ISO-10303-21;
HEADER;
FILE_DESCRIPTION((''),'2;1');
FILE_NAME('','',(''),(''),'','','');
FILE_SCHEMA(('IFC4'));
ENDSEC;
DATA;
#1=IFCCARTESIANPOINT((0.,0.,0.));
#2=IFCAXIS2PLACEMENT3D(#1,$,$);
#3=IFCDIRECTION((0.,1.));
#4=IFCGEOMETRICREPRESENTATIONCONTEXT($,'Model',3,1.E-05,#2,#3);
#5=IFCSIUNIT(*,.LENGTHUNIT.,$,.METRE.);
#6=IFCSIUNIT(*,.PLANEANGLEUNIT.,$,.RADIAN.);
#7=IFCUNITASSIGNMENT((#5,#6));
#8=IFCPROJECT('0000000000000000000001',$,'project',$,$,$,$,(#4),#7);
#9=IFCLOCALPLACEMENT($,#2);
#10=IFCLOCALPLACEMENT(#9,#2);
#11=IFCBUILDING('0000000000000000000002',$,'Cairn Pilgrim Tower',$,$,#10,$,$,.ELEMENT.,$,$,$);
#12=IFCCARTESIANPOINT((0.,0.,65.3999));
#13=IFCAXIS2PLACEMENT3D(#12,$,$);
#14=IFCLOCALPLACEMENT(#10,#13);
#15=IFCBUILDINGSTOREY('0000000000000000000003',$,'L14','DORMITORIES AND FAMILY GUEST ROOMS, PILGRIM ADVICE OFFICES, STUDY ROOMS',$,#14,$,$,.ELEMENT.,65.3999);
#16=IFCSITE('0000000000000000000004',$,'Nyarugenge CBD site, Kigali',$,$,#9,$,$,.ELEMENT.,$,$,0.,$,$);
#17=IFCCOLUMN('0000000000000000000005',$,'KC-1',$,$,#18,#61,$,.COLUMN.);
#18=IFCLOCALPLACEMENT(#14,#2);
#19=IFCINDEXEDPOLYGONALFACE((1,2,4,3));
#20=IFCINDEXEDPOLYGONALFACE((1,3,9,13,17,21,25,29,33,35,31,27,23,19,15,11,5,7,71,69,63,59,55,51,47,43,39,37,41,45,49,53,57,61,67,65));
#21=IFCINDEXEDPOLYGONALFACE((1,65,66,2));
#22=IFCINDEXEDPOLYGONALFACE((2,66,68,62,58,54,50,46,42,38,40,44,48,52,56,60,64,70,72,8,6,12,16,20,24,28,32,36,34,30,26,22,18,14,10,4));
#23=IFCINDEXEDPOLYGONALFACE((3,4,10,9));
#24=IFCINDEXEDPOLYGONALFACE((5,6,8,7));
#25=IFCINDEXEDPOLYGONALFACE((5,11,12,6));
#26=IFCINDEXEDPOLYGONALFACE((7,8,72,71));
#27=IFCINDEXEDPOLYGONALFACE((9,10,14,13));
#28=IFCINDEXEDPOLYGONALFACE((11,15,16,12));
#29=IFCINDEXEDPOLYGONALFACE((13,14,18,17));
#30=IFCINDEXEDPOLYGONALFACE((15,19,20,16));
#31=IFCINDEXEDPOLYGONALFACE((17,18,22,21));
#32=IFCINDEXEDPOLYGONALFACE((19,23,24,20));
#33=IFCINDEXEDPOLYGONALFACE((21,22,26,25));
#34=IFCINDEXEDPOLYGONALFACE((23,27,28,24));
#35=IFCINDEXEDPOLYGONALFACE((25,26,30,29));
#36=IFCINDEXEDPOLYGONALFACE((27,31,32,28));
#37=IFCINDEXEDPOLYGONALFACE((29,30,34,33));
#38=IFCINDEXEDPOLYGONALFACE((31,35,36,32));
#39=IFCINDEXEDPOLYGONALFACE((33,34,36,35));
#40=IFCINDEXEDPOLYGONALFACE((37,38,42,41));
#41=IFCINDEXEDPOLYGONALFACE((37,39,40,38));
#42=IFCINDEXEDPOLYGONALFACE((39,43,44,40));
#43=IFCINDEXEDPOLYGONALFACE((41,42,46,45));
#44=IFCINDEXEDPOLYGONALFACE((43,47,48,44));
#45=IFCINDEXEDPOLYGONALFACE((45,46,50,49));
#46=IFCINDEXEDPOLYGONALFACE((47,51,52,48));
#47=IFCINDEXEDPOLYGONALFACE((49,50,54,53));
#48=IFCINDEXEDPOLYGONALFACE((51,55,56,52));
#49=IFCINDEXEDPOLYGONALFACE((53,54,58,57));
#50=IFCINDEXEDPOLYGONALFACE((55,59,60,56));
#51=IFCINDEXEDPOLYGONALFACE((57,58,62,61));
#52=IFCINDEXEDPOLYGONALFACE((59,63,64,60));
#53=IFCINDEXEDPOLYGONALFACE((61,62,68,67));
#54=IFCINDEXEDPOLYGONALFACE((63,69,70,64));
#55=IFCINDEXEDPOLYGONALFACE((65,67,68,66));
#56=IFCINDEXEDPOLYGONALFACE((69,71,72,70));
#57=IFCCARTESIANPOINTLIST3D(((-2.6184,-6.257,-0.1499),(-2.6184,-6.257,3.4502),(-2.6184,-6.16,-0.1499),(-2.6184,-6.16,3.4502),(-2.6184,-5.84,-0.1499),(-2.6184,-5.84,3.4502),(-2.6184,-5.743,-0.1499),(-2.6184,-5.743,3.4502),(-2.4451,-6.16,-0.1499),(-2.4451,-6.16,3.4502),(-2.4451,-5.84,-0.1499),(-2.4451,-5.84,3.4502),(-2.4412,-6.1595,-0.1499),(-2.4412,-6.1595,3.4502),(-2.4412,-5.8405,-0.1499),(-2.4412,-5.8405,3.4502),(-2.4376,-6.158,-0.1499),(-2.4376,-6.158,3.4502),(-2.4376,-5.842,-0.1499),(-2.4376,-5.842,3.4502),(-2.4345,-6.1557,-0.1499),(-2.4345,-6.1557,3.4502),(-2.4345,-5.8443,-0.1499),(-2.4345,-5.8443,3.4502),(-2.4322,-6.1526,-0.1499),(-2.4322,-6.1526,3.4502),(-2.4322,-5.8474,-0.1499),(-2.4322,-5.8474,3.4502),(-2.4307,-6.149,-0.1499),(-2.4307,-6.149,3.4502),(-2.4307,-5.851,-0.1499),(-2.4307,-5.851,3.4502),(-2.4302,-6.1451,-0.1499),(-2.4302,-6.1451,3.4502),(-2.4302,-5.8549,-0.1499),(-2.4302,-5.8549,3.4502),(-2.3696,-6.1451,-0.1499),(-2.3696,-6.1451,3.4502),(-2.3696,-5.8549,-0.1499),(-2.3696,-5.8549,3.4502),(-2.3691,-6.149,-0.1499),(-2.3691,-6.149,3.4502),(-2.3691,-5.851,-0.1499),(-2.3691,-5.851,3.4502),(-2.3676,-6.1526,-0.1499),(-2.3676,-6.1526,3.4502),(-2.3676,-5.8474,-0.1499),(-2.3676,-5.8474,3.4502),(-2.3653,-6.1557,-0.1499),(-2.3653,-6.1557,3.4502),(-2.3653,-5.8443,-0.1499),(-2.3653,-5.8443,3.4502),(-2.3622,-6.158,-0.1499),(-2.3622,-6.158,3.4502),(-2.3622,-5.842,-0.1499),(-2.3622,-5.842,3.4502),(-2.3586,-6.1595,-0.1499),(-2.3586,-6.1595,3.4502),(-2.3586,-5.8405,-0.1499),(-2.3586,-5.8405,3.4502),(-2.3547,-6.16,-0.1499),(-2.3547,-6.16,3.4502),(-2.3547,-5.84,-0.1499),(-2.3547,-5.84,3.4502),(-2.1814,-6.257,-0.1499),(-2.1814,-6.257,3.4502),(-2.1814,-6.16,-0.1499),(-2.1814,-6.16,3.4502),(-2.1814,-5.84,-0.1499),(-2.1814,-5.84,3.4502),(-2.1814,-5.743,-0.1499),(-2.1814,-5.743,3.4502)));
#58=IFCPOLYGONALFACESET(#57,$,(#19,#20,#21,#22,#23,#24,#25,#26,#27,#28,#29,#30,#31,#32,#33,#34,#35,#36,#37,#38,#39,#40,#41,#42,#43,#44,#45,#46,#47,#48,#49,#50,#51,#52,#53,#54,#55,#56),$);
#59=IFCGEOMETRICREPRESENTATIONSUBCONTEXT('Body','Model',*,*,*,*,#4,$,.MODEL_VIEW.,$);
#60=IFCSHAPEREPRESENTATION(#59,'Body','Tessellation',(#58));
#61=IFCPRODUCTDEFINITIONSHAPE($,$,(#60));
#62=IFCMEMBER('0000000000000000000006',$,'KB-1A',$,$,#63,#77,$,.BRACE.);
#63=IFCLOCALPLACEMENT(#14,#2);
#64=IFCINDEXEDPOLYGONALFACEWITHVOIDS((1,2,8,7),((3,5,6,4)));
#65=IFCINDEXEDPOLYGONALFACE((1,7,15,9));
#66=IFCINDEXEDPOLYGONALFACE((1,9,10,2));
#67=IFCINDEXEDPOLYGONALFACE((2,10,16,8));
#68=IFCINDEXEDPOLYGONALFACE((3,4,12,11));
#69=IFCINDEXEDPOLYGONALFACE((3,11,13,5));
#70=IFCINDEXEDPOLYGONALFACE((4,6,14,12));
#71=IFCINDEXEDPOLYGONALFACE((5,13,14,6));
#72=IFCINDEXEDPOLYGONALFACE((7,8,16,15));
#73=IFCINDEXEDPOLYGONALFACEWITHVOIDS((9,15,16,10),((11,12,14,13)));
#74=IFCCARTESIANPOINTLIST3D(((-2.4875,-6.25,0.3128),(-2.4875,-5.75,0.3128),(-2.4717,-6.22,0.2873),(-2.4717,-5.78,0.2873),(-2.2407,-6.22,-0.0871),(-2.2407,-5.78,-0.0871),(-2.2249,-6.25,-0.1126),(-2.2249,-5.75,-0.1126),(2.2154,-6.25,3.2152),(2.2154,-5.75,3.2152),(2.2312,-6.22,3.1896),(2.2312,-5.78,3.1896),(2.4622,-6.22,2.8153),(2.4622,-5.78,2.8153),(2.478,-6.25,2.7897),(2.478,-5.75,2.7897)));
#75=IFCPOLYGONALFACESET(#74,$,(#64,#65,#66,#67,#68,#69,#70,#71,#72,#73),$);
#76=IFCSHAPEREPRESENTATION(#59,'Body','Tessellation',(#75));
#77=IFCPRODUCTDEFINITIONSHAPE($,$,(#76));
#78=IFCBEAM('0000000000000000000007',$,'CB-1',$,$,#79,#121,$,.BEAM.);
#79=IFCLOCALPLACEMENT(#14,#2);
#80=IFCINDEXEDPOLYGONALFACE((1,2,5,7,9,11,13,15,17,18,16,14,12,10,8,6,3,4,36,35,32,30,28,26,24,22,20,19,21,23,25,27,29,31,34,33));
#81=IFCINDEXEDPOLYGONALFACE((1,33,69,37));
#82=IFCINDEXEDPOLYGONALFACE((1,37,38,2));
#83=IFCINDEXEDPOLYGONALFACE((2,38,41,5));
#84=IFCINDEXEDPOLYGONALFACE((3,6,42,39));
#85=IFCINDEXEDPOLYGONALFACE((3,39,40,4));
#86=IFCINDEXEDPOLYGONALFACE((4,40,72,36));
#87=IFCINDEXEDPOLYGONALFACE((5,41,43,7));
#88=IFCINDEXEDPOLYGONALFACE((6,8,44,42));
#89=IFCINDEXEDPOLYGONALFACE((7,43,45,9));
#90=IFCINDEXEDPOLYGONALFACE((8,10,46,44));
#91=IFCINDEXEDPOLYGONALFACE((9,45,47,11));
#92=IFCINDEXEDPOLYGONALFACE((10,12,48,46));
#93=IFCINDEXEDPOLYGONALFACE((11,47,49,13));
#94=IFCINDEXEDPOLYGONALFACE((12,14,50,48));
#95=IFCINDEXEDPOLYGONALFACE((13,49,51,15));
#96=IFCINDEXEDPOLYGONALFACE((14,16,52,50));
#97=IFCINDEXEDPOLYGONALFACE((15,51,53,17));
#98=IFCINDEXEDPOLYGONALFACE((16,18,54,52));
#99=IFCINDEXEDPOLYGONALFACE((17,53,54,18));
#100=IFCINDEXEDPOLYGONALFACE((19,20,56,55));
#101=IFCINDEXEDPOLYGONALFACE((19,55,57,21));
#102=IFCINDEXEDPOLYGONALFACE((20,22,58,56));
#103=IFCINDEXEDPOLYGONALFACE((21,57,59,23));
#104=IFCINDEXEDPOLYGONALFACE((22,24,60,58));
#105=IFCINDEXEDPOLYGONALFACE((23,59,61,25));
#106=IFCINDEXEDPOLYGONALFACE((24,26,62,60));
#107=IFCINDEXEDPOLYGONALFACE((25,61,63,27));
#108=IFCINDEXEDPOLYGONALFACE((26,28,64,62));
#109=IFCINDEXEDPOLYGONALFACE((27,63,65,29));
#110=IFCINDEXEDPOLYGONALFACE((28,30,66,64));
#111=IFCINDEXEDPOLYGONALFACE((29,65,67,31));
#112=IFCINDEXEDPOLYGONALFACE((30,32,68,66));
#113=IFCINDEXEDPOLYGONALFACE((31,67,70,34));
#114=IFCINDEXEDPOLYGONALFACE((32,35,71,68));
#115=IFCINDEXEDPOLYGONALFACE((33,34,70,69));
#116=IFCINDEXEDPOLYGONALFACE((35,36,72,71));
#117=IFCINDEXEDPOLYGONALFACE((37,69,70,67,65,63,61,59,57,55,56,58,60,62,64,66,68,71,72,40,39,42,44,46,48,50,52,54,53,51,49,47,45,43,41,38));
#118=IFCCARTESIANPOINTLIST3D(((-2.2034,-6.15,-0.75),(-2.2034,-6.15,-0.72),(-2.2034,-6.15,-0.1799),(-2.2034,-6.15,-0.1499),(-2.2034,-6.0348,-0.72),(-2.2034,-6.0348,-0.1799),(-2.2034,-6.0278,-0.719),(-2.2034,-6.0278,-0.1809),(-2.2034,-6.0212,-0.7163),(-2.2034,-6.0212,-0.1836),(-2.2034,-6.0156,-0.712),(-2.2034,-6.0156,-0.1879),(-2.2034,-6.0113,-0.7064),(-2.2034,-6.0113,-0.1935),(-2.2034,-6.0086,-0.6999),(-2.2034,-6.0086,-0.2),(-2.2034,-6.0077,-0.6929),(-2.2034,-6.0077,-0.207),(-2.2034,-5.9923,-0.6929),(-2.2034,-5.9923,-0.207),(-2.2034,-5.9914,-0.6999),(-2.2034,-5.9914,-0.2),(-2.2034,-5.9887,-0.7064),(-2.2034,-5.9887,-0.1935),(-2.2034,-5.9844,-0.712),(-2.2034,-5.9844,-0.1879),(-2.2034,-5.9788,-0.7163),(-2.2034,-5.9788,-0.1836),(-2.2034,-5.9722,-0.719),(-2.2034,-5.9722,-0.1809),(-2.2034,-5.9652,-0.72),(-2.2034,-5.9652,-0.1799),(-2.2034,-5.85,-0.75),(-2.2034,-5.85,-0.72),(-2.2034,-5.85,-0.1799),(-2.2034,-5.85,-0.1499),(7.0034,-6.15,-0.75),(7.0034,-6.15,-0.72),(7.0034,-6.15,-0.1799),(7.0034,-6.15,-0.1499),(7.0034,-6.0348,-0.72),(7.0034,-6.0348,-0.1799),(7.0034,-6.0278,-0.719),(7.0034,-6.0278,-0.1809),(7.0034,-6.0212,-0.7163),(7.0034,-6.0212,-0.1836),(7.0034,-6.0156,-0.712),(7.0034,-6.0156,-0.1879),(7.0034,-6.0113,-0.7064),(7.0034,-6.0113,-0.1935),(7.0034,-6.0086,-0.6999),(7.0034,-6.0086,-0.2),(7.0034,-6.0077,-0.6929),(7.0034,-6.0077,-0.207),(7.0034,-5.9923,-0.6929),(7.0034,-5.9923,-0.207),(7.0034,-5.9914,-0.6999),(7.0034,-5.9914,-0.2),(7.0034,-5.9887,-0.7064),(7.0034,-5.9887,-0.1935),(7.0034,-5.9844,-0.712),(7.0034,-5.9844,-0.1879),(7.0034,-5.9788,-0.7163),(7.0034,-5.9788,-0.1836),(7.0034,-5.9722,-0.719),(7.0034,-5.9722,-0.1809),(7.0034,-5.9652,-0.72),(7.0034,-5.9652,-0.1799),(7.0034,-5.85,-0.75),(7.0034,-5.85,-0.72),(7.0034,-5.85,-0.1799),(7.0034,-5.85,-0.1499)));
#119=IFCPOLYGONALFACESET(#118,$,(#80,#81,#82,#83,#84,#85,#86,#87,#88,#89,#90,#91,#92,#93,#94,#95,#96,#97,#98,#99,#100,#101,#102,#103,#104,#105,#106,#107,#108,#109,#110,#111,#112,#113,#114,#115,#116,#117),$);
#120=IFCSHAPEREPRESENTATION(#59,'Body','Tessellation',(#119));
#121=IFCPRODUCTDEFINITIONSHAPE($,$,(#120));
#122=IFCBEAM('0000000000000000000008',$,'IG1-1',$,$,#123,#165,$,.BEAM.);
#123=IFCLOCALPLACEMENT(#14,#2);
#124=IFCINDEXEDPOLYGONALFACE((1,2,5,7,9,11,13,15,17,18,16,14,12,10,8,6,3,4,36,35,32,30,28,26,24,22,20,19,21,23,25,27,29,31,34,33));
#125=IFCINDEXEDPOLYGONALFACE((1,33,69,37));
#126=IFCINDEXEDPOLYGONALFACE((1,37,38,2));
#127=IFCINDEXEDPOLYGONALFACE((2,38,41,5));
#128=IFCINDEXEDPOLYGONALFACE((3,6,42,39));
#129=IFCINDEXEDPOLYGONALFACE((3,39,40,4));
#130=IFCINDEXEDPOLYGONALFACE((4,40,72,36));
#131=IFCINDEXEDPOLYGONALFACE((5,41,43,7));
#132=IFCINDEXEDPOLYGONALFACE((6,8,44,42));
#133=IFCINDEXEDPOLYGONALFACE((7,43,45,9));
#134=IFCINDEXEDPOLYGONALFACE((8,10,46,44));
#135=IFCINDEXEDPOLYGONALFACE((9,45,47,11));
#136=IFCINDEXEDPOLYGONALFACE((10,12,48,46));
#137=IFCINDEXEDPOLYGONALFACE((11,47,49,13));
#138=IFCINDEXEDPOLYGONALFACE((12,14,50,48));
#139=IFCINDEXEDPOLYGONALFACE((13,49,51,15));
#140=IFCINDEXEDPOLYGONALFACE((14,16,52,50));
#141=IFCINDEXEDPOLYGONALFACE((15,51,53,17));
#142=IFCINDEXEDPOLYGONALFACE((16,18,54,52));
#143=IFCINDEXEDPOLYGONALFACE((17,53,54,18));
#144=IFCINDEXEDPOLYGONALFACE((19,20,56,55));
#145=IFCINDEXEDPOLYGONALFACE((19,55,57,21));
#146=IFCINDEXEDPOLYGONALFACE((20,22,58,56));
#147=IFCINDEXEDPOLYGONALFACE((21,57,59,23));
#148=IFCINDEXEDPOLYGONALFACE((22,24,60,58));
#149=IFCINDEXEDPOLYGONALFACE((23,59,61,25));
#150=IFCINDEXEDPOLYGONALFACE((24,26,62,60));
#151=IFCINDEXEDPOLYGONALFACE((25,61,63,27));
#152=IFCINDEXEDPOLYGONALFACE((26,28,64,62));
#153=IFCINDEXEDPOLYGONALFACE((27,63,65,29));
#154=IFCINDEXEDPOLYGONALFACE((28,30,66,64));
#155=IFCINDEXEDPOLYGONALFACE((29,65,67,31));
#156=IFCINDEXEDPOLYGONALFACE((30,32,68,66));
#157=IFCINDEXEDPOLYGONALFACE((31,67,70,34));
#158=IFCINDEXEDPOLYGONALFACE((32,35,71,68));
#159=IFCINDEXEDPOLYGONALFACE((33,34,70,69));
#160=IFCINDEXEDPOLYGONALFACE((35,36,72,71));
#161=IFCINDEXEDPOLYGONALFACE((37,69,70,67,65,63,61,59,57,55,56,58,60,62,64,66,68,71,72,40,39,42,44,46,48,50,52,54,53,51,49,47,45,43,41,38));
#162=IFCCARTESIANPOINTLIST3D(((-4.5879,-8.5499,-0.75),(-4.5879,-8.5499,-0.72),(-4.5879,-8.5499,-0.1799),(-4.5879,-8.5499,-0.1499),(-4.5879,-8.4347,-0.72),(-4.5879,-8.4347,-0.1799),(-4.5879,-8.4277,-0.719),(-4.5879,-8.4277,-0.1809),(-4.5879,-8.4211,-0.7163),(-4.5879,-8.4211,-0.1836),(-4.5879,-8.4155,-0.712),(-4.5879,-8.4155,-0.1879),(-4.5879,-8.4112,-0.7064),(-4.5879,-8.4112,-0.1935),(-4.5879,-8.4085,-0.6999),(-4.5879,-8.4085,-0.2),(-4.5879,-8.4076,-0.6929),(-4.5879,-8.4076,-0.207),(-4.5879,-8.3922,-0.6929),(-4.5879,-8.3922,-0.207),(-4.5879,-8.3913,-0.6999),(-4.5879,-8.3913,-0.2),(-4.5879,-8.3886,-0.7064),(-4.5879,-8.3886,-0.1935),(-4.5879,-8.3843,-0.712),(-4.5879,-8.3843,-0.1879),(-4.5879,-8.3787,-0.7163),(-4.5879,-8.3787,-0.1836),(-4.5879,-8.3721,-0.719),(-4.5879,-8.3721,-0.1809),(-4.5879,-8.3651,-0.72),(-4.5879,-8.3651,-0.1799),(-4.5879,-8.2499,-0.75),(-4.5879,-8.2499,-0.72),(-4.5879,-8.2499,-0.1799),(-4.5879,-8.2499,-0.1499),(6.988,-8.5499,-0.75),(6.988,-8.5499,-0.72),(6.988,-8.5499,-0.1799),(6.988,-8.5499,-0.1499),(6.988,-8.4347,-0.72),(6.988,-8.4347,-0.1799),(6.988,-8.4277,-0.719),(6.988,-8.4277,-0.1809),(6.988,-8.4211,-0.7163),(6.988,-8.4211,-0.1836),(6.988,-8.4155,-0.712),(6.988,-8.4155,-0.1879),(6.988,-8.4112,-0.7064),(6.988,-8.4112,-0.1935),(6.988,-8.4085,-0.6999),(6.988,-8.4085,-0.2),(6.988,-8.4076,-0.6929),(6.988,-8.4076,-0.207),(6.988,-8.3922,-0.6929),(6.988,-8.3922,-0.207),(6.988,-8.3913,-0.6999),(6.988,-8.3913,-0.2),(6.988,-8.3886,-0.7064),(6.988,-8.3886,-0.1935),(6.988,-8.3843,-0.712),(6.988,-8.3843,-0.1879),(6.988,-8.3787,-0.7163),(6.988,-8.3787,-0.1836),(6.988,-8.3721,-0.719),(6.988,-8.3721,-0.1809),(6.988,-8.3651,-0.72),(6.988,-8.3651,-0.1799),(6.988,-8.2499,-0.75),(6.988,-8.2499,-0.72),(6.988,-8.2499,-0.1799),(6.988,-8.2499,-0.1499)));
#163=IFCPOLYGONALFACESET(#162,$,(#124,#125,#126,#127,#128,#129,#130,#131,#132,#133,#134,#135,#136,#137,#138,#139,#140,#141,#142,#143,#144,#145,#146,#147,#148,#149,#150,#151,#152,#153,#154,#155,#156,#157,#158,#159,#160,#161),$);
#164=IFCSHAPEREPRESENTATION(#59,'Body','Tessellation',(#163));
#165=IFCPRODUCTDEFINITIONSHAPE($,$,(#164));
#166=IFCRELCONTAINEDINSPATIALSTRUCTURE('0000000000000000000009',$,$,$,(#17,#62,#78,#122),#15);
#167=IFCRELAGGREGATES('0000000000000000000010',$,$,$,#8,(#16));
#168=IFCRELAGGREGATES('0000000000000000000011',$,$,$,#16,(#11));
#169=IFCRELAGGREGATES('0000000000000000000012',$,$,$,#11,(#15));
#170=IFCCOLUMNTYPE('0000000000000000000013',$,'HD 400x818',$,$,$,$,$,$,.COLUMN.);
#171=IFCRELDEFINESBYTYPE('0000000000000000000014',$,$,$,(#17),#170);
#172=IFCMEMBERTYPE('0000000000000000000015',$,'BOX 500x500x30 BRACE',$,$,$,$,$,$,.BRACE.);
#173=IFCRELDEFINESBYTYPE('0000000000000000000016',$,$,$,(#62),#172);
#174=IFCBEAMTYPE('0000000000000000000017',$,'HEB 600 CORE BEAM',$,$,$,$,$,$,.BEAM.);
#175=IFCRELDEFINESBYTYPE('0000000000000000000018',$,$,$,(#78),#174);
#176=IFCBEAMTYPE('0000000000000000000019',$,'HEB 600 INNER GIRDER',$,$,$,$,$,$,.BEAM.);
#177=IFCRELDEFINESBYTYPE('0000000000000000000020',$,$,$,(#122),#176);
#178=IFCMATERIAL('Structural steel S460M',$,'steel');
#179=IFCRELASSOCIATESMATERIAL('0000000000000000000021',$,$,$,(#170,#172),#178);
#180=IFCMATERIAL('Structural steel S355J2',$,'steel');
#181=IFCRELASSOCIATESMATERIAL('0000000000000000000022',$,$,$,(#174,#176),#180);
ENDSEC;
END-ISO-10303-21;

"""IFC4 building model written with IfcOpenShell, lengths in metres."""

from ifc_helpers import new_model, si_unit, direction, frame, origin, origin_2d, place, context, subcontext, project, spatial, hollow_rectangle, i_section, extrude, material, material_profile, profile_set, type_object, element, save


model = new_model("IFC4")

# Units and contexts
model_context = context("Model", 3, precision=1e-05, world=origin(), true_north=direction((0.0, 1.0)))
body_context = subcontext(model_context, "Body", "Model", "MODEL_VIEW")
ifc_project = project(units=[si_unit("LENGTHUNIT", "METRE"), si_unit("PLANEANGLEUNIT", "RADIAN")], contexts=[model_context])

# Site, building, storey
site_placement = place(None, origin())
site = spatial("IfcSite", under=ifc_project, at=site_placement, Name="Nyarugenge CBD site, Kigali", CompositionType="ELEMENT", RefElevation=0.0)
building_placement = place(site_placement, origin())
building = spatial("IfcBuilding", under=site, at=building_placement, Name="Cairn Pilgrim Tower", CompositionType="ELEMENT")
storey_placement = place(building_placement, frame((0.0, 0.0, 65.3999)))
storey = spatial("IfcBuildingStorey", under=building, at=storey_placement, Name="L14", Description="DORMITORIES AND FAMILY GUEST ROOMS, PILGRIM ADVICE OFFICES, STUDY ROOMS", CompositionType="ELEMENT", Elevation=65.3999)

# Column
ifc_material_1 = material(Name="Structural steel S460M", Category="steel")
ifc_material_profile_1 = material_profile(ifc_material_1, i_section(OverallWidth=0.437, OverallDepth=0.5139, WebThickness=0.0605, FlangeThickness=0.0969, FilletRadius=0.0149, at=origin_2d()), Name="HD 400x818")
ifc_profile_set_1 = profile_set([ifc_material_profile_1], Name="Structural steel S460M")
column_type = type_object("IfcColumnType", Name="HD 400x818", PredefinedType="COLUMN", material=ifc_profile_set_1)
column_placement = place(storey_placement, frame((-2.3999, -6.0, -0.1499), z_axis=(0.0, 0.0, 1.0), x_axis=(1.0, 0.0, 0.0)))
element("IfcColumn", 1, at=column_placement, inside=storey, type_object=column_type, Name="KC-1", PredefinedType="COLUMN", context=body_context, shape_type="SweptSolid", body=[
    extrude(i_section(OverallWidth=0.437, OverallDepth=0.5139, WebThickness=0.0605, FlangeThickness=0.0969, FilletRadius=0.0149, at=origin_2d()), origin(), (0.0, 0.0, 1.0), 3.6001),
])

# Member
ifc_material_profile_2 = material_profile(ifc_material_1, hollow_rectangle(XDim=0.5, YDim=0.5, WallThickness=0.03, at=origin_2d()), Name="BOX 500x500x30")
ifc_profile_set_2 = profile_set([ifc_material_profile_2], Name="Structural steel S460M")
member_type = type_object("IfcMemberType", Name="BOX 500x500x30 BRACE", PredefinedType="BRACE", material=ifc_profile_set_2)
member_placement = place(storey_placement, frame((-2.3562, -6.0, 0.1001), z_axis=(0.85099, 0.0, 0.525182), x_axis=(0.0, 1.0, 0.0)))
element("IfcMember", 2, at=member_placement, inside=storey, type_object=member_type, Name="KB-1A", PredefinedType="BRACE", context=body_context, shape_type="SweptSolid", body=[
    extrude(hollow_rectangle(XDim=0.5, YDim=0.5, WallThickness=0.03, at=origin_2d()), origin(), (0.0, 0.0, 1.0), 5.5264),
])

# Beams
ifc_material_2 = material(Name="Structural steel S355J2", Category="steel")
ifc_material_profile_3 = material_profile(ifc_material_2, i_section(OverallWidth=0.3, OverallDepth=0.6001, WebThickness=0.0154, FlangeThickness=0.03, FilletRadius=0.0271, at=origin_2d()), Name="HEB 600")
ifc_profile_set_3 = profile_set([ifc_material_profile_3], Name="Structural steel S355J2")
beam_type_1 = type_object("IfcBeamType", Name="HEB 600 CORE BEAM", PredefinedType="BEAM", material=ifc_profile_set_3)
beam_1_placement = place(storey_placement, frame((-2.2034, -6.0, -0.45), z_axis=(1.0, 0.0, 0.0), x_axis=(0.0, 1.0, 0.0)))
element("IfcBeam", 3, at=beam_1_placement, inside=storey, type_object=beam_type_1, Name="CB-1", PredefinedType="BEAM", context=body_context, shape_type="SweptSolid", body=[
    extrude(i_section(OverallWidth=0.3, OverallDepth=0.6001, WebThickness=0.0154, FlangeThickness=0.03, FilletRadius=0.0271, at=origin_2d()), origin(), (0.0, 0.0, 1.0), 9.2068),
])
ifc_material_profile_4 = material_profile(ifc_material_2, i_section(OverallWidth=0.3, OverallDepth=0.6001, WebThickness=0.0154, FlangeThickness=0.03, FilletRadius=0.0271, at=origin_2d()), Name="HEB 600")
ifc_profile_set_4 = profile_set([ifc_material_profile_4], Name="Structural steel S355J2")
beam_type_2 = type_object("IfcBeamType", Name="HEB 600 INNER GIRDER", PredefinedType="BEAM", material=ifc_profile_set_4)
beam_2_placement = place(storey_placement, frame((-4.5879, -8.3999, -0.45), z_axis=(1.0, 0.0, 0.0), x_axis=(0.0, 1.0, 0.0)))
element("IfcBeam", 4, at=beam_2_placement, inside=storey, type_object=beam_type_2, Name="IG1-1", PredefinedType="BEAM", context=body_context, shape_type="SweptSolid", body=[
    extrude(i_section(OverallWidth=0.3, OverallDepth=0.6001, WebThickness=0.0154, FlangeThickness=0.03, FilletRadius=0.0271, at=origin_2d()), origin(), (0.0, 0.0, 1.0), 11.5759),
])

save(model, "model.ifc")
